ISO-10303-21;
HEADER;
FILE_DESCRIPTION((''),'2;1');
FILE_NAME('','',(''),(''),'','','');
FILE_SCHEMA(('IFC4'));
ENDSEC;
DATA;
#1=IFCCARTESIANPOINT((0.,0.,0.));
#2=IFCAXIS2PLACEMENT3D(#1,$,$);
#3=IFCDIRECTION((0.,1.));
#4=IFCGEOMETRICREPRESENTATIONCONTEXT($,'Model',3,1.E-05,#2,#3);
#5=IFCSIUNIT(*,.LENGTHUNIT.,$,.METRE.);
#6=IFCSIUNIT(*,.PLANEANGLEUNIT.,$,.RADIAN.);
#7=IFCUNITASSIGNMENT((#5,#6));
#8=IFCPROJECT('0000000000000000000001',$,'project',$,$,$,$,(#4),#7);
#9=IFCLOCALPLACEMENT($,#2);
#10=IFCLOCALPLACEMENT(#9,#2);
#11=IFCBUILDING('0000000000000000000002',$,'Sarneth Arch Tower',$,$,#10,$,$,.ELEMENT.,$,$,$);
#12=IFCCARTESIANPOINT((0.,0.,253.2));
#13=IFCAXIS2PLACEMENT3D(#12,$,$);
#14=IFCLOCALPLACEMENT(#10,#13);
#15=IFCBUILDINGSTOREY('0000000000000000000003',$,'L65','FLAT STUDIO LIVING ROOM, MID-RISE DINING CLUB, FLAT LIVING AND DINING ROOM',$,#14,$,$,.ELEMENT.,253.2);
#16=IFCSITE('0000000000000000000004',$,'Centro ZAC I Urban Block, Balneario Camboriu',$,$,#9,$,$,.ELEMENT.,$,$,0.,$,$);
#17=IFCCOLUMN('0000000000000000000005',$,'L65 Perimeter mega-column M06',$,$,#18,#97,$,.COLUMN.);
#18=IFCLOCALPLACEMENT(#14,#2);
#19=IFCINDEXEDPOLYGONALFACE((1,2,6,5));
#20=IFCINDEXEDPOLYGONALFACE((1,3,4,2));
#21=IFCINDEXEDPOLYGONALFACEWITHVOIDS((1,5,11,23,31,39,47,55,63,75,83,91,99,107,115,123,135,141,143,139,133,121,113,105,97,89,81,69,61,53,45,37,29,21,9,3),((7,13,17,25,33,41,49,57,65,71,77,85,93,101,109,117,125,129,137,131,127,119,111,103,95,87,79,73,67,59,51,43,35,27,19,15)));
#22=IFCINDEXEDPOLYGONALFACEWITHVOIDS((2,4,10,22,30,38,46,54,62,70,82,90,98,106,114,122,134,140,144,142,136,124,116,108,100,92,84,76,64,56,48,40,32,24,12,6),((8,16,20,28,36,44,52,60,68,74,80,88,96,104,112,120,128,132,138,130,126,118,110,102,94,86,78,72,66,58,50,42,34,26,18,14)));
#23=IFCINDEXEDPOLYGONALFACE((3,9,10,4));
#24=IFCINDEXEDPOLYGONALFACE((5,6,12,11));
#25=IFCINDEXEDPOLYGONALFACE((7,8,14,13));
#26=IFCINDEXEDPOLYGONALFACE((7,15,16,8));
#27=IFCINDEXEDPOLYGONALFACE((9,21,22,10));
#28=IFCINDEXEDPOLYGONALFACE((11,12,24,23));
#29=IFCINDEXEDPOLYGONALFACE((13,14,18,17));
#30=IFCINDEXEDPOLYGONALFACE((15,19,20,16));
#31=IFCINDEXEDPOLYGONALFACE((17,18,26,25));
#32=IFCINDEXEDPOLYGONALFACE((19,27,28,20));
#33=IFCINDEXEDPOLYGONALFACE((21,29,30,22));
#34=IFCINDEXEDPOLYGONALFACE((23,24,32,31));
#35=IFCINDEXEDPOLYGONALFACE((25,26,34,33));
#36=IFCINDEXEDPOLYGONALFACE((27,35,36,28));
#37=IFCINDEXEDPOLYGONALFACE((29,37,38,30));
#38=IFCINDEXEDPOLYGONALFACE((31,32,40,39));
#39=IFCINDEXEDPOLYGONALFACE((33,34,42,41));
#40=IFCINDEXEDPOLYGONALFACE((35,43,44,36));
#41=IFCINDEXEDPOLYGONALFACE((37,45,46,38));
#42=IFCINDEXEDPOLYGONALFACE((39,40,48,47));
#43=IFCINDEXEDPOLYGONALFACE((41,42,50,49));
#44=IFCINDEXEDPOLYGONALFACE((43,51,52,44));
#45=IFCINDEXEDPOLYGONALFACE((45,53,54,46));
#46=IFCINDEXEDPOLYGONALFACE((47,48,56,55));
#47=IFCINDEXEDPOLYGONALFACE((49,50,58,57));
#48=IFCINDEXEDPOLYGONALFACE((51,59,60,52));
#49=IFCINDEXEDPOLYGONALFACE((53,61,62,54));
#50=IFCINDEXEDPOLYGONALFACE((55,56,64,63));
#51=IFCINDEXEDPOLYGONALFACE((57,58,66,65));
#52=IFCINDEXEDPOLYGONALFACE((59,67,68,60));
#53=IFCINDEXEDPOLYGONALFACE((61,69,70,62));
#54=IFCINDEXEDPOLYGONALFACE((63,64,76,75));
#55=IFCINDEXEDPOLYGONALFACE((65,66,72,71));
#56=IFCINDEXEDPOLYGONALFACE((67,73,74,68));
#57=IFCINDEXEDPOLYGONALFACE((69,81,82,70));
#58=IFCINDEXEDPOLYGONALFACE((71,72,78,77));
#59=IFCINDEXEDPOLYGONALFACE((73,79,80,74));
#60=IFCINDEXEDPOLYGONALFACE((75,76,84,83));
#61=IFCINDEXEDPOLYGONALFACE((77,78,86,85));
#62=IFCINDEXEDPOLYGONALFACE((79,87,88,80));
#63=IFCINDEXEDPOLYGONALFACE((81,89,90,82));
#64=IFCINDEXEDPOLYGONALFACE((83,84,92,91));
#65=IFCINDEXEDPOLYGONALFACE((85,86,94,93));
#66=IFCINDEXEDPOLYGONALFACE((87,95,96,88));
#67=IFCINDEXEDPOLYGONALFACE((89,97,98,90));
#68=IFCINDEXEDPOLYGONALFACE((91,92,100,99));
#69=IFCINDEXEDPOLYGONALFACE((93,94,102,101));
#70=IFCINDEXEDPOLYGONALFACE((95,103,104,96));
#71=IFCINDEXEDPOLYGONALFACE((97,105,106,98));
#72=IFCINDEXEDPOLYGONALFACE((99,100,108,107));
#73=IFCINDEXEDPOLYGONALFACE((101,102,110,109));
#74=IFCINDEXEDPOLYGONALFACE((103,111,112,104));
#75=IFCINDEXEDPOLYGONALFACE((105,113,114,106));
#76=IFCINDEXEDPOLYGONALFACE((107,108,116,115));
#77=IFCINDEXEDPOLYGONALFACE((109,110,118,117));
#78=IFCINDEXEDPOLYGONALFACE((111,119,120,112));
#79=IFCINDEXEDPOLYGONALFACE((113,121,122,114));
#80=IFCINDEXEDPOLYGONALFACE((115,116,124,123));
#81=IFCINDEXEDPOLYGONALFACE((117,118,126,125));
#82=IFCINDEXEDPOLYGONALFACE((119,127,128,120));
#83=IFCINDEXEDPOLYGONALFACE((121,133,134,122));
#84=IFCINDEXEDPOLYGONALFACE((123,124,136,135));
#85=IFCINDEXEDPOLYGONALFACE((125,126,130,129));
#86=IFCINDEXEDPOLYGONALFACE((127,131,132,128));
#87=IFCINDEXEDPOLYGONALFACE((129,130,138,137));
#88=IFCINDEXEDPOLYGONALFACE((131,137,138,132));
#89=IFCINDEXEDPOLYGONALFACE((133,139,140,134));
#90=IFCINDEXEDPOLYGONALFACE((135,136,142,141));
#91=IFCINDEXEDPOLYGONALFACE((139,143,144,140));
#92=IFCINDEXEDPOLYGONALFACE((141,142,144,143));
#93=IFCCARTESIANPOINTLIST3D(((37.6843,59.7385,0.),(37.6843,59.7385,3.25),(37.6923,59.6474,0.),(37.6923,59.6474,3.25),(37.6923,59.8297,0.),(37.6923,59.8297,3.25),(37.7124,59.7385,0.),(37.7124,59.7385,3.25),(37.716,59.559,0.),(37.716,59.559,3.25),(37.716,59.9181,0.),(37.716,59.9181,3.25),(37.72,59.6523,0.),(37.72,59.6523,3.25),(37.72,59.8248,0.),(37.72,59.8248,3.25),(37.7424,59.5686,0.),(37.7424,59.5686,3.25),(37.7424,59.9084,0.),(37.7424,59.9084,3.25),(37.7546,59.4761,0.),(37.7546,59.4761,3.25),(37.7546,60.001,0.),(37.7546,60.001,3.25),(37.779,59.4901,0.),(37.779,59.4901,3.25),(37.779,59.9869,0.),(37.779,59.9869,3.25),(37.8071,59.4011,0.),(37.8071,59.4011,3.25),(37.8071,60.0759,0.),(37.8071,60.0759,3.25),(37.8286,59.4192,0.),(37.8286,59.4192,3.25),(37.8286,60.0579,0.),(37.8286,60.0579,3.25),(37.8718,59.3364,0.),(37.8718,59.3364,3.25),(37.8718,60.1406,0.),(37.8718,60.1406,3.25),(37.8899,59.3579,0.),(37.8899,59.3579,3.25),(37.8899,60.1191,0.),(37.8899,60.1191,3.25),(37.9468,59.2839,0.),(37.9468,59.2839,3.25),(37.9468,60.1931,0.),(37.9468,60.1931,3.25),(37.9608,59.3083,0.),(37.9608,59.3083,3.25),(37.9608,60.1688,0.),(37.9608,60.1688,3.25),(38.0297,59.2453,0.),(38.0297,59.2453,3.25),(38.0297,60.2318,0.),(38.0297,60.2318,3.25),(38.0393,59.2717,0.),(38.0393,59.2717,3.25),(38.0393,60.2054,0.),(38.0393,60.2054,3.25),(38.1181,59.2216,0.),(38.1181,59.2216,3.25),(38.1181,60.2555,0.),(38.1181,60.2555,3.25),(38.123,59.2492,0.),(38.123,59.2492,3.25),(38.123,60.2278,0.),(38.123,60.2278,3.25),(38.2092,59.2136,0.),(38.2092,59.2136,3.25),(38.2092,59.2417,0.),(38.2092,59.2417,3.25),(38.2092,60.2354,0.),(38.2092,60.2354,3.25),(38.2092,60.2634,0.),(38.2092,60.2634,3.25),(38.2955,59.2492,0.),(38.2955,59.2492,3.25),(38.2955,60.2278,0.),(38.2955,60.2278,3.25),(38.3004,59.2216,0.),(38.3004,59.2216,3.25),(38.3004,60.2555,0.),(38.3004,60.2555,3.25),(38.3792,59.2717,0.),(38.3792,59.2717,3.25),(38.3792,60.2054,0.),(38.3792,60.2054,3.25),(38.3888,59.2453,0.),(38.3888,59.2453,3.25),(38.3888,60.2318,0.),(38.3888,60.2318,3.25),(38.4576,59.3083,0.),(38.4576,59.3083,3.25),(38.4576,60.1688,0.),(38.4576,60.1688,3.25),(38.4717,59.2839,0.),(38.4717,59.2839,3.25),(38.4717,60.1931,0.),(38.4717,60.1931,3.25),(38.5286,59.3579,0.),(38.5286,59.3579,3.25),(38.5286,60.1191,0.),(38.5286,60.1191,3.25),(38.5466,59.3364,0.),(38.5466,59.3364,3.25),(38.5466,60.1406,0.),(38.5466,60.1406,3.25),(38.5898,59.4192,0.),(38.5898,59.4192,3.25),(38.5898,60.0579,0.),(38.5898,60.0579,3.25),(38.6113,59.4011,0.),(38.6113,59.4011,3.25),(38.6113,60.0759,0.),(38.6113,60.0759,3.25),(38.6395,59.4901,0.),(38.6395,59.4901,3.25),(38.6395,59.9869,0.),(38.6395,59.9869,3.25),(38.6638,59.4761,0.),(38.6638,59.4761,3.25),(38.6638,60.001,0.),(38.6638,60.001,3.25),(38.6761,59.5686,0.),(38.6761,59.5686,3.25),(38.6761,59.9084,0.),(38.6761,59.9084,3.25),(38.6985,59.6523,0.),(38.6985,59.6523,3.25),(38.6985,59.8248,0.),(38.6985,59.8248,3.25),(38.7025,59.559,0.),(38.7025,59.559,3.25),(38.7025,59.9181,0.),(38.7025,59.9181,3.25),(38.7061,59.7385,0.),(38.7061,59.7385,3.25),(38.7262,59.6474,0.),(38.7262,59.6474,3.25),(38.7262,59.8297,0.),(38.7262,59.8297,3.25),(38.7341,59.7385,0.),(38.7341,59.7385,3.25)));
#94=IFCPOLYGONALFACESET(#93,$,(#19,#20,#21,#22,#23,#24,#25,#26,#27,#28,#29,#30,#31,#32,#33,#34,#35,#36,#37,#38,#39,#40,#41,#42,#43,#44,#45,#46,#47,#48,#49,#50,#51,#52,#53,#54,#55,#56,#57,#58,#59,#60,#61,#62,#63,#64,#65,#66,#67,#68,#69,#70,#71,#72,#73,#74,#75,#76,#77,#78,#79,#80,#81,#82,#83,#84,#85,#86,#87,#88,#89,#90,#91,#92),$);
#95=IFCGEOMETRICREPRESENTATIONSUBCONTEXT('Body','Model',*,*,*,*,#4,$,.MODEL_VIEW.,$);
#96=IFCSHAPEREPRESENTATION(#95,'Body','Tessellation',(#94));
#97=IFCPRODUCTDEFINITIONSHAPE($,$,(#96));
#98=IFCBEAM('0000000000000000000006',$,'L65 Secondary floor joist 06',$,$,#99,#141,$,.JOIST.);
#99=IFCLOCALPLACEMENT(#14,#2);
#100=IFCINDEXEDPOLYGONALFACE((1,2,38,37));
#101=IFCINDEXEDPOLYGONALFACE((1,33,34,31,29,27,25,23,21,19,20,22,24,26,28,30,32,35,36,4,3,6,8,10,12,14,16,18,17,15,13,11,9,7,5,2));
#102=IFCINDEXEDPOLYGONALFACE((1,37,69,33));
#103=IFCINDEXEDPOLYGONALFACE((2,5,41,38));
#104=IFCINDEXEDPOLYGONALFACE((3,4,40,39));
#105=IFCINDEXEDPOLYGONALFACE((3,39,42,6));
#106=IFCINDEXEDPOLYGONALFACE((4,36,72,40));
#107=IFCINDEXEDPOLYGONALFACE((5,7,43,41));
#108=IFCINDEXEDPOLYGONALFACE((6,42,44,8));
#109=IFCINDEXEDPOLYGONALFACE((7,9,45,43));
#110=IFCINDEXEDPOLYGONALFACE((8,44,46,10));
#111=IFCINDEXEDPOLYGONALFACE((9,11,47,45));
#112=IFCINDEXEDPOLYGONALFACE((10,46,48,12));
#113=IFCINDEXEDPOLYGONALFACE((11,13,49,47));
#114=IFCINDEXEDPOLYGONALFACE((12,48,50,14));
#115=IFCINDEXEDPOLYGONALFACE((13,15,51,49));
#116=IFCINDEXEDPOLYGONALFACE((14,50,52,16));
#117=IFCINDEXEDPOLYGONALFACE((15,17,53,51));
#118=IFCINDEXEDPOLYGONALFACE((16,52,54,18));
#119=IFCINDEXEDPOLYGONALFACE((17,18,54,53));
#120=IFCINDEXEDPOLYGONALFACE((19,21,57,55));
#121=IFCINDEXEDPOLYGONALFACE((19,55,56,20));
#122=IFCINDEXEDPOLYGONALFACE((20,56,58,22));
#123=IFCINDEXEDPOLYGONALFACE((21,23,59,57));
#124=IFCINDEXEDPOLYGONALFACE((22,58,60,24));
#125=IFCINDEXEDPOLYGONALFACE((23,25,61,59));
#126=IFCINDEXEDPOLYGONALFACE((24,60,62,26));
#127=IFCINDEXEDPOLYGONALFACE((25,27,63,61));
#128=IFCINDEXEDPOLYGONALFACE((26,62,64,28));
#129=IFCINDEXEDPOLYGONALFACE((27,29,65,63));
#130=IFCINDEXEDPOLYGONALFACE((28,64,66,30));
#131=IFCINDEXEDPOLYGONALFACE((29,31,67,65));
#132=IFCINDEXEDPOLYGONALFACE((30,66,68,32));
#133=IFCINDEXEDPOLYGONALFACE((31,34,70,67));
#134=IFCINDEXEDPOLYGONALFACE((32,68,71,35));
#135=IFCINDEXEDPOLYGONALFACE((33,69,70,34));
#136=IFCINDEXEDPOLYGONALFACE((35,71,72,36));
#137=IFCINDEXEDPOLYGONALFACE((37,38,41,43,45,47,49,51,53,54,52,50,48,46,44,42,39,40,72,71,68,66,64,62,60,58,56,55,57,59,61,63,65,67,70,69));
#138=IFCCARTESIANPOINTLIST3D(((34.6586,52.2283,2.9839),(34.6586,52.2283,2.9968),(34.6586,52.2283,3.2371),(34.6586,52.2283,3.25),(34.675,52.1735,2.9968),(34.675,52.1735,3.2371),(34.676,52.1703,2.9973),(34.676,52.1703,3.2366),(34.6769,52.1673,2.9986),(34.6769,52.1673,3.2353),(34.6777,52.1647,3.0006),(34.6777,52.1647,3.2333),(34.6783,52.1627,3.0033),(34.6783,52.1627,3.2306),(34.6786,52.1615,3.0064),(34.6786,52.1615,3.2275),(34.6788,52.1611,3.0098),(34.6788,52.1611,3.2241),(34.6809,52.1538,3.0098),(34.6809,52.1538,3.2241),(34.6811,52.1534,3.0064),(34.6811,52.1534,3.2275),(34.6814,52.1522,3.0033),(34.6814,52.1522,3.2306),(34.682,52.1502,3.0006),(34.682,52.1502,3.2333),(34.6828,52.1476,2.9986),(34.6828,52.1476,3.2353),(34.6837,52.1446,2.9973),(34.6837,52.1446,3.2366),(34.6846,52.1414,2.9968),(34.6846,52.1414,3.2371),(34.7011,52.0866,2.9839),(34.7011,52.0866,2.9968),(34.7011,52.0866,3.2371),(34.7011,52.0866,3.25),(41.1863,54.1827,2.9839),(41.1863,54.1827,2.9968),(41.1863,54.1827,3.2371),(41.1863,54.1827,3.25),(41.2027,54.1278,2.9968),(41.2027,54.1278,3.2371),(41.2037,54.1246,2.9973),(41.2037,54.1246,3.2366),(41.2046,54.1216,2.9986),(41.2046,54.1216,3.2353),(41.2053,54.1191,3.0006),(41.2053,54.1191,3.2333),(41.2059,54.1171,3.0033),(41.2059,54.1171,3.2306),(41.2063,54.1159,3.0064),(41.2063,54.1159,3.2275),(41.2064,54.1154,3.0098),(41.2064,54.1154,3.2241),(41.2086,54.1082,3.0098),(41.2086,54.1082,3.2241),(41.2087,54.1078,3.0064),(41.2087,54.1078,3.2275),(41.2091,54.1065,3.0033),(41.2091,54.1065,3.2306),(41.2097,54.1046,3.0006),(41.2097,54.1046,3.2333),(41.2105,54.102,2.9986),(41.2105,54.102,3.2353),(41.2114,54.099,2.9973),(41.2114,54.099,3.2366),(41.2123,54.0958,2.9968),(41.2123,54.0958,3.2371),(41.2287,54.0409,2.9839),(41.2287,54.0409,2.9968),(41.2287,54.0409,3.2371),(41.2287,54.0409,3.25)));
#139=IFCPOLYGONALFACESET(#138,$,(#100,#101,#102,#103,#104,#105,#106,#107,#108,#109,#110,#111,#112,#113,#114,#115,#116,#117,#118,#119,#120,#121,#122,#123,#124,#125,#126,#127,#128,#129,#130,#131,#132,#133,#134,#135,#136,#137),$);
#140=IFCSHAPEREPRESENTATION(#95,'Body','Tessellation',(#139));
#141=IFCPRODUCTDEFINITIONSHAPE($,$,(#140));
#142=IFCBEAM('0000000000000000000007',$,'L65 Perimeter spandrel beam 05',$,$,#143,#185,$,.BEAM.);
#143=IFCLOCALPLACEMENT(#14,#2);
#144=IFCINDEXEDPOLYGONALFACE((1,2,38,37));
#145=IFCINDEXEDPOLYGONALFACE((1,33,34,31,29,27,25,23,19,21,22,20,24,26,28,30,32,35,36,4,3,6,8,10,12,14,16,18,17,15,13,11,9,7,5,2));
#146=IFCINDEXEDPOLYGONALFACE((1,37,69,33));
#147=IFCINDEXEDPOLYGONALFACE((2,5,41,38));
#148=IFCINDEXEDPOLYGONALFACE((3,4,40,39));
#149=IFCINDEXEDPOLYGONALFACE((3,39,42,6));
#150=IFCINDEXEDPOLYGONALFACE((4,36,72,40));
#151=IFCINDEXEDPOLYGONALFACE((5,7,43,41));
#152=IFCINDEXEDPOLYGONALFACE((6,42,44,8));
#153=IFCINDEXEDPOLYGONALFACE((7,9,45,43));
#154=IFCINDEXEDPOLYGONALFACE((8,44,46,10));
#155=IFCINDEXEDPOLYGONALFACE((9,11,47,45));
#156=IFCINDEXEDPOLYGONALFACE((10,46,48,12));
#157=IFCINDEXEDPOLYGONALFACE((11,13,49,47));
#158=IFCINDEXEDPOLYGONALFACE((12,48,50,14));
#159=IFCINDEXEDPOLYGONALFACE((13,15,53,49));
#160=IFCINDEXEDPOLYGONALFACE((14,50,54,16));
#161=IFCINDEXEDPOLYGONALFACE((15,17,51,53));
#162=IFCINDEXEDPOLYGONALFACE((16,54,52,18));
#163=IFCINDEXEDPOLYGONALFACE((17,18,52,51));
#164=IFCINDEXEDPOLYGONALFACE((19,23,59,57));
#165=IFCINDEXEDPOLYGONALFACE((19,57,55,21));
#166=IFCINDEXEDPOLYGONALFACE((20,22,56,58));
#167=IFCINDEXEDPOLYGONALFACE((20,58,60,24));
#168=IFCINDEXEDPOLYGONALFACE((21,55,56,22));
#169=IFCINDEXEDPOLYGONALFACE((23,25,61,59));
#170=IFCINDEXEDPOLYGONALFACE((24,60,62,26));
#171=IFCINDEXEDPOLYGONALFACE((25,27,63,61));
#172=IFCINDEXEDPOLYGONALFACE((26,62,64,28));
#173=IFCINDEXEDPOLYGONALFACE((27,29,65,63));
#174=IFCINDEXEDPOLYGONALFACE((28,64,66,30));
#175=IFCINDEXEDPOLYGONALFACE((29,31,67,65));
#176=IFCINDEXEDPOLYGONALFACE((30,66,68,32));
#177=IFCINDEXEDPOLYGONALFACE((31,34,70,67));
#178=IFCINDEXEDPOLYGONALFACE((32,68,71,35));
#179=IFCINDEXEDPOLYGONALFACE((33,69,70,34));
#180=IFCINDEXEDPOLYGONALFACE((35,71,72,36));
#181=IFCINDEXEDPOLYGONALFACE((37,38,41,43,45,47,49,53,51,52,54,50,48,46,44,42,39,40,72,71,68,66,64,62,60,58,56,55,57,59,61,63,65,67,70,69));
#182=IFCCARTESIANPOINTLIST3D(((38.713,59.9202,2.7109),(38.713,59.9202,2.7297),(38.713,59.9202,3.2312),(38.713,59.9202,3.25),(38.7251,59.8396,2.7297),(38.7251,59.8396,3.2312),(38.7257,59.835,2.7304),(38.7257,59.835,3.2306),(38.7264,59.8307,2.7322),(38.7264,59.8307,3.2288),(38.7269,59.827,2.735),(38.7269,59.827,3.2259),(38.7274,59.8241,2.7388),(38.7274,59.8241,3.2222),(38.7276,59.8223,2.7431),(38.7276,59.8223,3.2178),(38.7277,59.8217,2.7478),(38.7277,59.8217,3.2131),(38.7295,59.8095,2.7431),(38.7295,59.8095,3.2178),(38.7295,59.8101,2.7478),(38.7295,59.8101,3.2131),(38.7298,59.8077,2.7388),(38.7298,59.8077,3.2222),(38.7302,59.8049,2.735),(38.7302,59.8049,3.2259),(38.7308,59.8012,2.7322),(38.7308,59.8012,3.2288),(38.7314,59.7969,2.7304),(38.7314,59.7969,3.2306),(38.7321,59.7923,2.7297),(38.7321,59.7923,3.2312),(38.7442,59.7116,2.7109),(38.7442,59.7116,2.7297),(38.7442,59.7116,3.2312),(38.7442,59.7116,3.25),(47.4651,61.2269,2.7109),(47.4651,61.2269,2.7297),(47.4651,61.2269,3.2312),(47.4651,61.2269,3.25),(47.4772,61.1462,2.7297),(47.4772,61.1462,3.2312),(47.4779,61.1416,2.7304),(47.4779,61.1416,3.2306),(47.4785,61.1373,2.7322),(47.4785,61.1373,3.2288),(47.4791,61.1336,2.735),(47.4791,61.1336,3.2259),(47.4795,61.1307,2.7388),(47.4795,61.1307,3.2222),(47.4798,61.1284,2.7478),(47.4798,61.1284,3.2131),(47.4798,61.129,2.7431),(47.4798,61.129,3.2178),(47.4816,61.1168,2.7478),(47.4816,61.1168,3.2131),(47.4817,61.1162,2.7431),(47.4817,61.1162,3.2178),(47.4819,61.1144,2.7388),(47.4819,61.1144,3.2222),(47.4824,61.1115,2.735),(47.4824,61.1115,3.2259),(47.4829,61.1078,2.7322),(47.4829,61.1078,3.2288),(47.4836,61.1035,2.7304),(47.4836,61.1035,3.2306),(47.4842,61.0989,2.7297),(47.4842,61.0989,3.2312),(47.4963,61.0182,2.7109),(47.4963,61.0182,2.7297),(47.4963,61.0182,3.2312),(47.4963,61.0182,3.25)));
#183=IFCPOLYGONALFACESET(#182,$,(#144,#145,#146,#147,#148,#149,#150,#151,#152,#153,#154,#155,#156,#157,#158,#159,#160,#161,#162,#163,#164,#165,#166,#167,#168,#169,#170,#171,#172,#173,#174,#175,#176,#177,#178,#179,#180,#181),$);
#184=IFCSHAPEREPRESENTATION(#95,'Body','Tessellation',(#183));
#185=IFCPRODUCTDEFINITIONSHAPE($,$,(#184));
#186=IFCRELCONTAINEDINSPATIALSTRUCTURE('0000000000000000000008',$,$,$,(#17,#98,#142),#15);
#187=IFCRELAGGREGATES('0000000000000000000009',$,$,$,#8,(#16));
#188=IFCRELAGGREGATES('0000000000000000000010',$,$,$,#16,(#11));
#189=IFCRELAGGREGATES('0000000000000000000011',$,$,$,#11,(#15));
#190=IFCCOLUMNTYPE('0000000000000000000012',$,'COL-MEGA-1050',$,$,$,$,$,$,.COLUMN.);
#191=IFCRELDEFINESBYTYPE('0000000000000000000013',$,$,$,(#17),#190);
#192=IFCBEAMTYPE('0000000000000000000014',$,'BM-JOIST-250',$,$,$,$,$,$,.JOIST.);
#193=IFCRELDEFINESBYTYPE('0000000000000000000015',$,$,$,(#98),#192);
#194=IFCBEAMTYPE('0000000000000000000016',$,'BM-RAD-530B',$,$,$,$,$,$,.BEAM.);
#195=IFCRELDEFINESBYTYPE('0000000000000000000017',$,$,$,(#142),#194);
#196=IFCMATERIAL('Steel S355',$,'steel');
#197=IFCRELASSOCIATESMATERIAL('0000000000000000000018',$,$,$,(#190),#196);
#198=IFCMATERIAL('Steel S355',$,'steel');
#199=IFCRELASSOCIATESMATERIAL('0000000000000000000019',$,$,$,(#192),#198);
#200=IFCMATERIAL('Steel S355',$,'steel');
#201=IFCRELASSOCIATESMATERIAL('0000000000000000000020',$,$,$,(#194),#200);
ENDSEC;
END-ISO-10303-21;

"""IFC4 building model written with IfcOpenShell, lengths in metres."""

from ifc_helpers import new_model, si_unit, direction, frame, origin, origin_2d, place, context, subcontext, project, spatial, hollow_circle, i_section, extrude, material, material_profile, profile_set, type_object, element, save


model = new_model("IFC4")

# Units and contexts
model_context = context("Model", 3, precision=1e-05, world=origin(), true_north=direction((0.0, 1.0)))
body_context = subcontext(model_context, "Body", "Model", "MODEL_VIEW")
ifc_project = project(units=[si_unit("LENGTHUNIT", "METRE"), si_unit("PLANEANGLEUNIT", "RADIAN")], contexts=[model_context])

# Site, building, storey
site_placement = place(None, origin())
site = spatial("IfcSite", under=ifc_project, at=site_placement, Name="Centro ZAC I Urban Block, Balneario Camboriu", CompositionType="ELEMENT", RefElevation=0.0)
building_placement = place(site_placement, origin())
building = spatial("IfcBuilding", under=site, at=building_placement, Name="Sarneth Arch Tower", CompositionType="ELEMENT")
storey_placement = place(building_placement, frame((0.0, 0.0, 253.2)))
storey = spatial("IfcBuildingStorey", under=building, at=storey_placement, Name="L65", Description="FLAT STUDIO LIVING ROOM, MID-RISE DINING CLUB, FLAT LIVING AND DINING ROOM", CompositionType="ELEMENT", Elevation=253.2)

# Column
ifc_material_1 = material(Name="Steel S355", Category="steel")
ifc_material_profile_1 = material_profile(ifc_material_1, hollow_circle(Radius=0.5249, WallThickness=0.0281, at=origin_2d()), Name="CHS1050x28")
ifc_profile_set_1 = profile_set([ifc_material_profile_1], Name="Steel S355")
column_type = type_object("IfcColumnType", Name="COL-MEGA-1050", PredefinedType="COLUMN", material=ifc_profile_set_1)
column_placement = place(storey_placement, frame((38.2092, 59.7385, 0.0), z_axis=(0.0, 0.0, 1.0), x_axis=(1.0, 0.0, 0.0)))
element("IfcColumn", 1, at=column_placement, inside=storey, type_object=column_type, Name="L65 Perimeter mega-column M06", PredefinedType="COLUMN", context=body_context, shape_type="SweptSolid", body=[
    extrude(hollow_circle(Radius=0.5249, WallThickness=0.0281, at=origin_2d()), origin(), (0.0, 0.0, 1.0), 3.25),
])

# Beams
ifc_material_2 = material(Name="Steel S355", Category="steel")
ifc_material_profile_2 = material_profile(ifc_material_2, i_section(OverallWidth=0.1479, OverallDepth=0.2661, WebThickness=0.0076, FlangeThickness=0.0129, FilletRadius=0.0129, at=origin_2d()), Name="W250x44.8")
ifc_profile_set_2 = profile_set([ifc_material_profile_2], Name="Steel S355")
beam_type_1 = type_object("IfcBeamType", Name="BM-JOIST-250", PredefinedType="JOIST", material=ifc_profile_set_2)
beam_1_placement = place(storey_placement, frame((41.2075, 54.1118, 3.1169), z_axis=(-0.957985, -0.286819, 0.0), x_axis=(0.286819, -0.957985, 0.0)))
element("IfcBeam", 2, at=beam_1_placement, inside=storey, type_object=beam_type_1, Name="L65 Secondary floor joist 06", PredefinedType="JOIST", context=body_context, shape_type="SweptSolid", body=[
    extrude(i_section(OverallWidth=0.1479, OverallDepth=0.2661, WebThickness=0.0076, FlangeThickness=0.0129, FilletRadius=0.0129, at=origin_2d()), origin(), (0.0, 0.0, 1.0), 6.814),
])
ifc_material_3 = material(Name="Steel S355", Category="steel")
ifc_material_profile_3 = material_profile(ifc_material_3, i_section(OverallWidth=0.2109, OverallDepth=0.5391, WebThickness=0.0117, FlangeThickness=0.0188, FilletRadius=0.0181, at=origin_2d()), Name="W530x109")
ifc_profile_set_3 = profile_set([ifc_material_profile_3], Name="Steel S355")
beam_type_2 = type_object("IfcBeamType", Name="BM-RAD-530B", PredefinedType="BEAM", material=ifc_profile_set_3)
beam_2_placement = place(storey_placement, frame((47.4807, 61.1226, 2.9805), z_axis=(-0.989039, -0.147656, 0.0), x_axis=(0.147656, -0.989039, 0.0)))
element("IfcBeam", 3, at=beam_2_placement, inside=storey, type_object=beam_type_2, Name="L65 Perimeter spandrel beam 05", PredefinedType="BEAM", context=body_context, shape_type="SweptSolid", body=[
    extrude(i_section(OverallWidth=0.2109, OverallDepth=0.5391, WebThickness=0.0117, FlangeThickness=0.0188, FilletRadius=0.0181, at=origin_2d()), origin(), (0.0, 0.0, 1.0), 8.8491),
])

save(model, "model.ifc")
